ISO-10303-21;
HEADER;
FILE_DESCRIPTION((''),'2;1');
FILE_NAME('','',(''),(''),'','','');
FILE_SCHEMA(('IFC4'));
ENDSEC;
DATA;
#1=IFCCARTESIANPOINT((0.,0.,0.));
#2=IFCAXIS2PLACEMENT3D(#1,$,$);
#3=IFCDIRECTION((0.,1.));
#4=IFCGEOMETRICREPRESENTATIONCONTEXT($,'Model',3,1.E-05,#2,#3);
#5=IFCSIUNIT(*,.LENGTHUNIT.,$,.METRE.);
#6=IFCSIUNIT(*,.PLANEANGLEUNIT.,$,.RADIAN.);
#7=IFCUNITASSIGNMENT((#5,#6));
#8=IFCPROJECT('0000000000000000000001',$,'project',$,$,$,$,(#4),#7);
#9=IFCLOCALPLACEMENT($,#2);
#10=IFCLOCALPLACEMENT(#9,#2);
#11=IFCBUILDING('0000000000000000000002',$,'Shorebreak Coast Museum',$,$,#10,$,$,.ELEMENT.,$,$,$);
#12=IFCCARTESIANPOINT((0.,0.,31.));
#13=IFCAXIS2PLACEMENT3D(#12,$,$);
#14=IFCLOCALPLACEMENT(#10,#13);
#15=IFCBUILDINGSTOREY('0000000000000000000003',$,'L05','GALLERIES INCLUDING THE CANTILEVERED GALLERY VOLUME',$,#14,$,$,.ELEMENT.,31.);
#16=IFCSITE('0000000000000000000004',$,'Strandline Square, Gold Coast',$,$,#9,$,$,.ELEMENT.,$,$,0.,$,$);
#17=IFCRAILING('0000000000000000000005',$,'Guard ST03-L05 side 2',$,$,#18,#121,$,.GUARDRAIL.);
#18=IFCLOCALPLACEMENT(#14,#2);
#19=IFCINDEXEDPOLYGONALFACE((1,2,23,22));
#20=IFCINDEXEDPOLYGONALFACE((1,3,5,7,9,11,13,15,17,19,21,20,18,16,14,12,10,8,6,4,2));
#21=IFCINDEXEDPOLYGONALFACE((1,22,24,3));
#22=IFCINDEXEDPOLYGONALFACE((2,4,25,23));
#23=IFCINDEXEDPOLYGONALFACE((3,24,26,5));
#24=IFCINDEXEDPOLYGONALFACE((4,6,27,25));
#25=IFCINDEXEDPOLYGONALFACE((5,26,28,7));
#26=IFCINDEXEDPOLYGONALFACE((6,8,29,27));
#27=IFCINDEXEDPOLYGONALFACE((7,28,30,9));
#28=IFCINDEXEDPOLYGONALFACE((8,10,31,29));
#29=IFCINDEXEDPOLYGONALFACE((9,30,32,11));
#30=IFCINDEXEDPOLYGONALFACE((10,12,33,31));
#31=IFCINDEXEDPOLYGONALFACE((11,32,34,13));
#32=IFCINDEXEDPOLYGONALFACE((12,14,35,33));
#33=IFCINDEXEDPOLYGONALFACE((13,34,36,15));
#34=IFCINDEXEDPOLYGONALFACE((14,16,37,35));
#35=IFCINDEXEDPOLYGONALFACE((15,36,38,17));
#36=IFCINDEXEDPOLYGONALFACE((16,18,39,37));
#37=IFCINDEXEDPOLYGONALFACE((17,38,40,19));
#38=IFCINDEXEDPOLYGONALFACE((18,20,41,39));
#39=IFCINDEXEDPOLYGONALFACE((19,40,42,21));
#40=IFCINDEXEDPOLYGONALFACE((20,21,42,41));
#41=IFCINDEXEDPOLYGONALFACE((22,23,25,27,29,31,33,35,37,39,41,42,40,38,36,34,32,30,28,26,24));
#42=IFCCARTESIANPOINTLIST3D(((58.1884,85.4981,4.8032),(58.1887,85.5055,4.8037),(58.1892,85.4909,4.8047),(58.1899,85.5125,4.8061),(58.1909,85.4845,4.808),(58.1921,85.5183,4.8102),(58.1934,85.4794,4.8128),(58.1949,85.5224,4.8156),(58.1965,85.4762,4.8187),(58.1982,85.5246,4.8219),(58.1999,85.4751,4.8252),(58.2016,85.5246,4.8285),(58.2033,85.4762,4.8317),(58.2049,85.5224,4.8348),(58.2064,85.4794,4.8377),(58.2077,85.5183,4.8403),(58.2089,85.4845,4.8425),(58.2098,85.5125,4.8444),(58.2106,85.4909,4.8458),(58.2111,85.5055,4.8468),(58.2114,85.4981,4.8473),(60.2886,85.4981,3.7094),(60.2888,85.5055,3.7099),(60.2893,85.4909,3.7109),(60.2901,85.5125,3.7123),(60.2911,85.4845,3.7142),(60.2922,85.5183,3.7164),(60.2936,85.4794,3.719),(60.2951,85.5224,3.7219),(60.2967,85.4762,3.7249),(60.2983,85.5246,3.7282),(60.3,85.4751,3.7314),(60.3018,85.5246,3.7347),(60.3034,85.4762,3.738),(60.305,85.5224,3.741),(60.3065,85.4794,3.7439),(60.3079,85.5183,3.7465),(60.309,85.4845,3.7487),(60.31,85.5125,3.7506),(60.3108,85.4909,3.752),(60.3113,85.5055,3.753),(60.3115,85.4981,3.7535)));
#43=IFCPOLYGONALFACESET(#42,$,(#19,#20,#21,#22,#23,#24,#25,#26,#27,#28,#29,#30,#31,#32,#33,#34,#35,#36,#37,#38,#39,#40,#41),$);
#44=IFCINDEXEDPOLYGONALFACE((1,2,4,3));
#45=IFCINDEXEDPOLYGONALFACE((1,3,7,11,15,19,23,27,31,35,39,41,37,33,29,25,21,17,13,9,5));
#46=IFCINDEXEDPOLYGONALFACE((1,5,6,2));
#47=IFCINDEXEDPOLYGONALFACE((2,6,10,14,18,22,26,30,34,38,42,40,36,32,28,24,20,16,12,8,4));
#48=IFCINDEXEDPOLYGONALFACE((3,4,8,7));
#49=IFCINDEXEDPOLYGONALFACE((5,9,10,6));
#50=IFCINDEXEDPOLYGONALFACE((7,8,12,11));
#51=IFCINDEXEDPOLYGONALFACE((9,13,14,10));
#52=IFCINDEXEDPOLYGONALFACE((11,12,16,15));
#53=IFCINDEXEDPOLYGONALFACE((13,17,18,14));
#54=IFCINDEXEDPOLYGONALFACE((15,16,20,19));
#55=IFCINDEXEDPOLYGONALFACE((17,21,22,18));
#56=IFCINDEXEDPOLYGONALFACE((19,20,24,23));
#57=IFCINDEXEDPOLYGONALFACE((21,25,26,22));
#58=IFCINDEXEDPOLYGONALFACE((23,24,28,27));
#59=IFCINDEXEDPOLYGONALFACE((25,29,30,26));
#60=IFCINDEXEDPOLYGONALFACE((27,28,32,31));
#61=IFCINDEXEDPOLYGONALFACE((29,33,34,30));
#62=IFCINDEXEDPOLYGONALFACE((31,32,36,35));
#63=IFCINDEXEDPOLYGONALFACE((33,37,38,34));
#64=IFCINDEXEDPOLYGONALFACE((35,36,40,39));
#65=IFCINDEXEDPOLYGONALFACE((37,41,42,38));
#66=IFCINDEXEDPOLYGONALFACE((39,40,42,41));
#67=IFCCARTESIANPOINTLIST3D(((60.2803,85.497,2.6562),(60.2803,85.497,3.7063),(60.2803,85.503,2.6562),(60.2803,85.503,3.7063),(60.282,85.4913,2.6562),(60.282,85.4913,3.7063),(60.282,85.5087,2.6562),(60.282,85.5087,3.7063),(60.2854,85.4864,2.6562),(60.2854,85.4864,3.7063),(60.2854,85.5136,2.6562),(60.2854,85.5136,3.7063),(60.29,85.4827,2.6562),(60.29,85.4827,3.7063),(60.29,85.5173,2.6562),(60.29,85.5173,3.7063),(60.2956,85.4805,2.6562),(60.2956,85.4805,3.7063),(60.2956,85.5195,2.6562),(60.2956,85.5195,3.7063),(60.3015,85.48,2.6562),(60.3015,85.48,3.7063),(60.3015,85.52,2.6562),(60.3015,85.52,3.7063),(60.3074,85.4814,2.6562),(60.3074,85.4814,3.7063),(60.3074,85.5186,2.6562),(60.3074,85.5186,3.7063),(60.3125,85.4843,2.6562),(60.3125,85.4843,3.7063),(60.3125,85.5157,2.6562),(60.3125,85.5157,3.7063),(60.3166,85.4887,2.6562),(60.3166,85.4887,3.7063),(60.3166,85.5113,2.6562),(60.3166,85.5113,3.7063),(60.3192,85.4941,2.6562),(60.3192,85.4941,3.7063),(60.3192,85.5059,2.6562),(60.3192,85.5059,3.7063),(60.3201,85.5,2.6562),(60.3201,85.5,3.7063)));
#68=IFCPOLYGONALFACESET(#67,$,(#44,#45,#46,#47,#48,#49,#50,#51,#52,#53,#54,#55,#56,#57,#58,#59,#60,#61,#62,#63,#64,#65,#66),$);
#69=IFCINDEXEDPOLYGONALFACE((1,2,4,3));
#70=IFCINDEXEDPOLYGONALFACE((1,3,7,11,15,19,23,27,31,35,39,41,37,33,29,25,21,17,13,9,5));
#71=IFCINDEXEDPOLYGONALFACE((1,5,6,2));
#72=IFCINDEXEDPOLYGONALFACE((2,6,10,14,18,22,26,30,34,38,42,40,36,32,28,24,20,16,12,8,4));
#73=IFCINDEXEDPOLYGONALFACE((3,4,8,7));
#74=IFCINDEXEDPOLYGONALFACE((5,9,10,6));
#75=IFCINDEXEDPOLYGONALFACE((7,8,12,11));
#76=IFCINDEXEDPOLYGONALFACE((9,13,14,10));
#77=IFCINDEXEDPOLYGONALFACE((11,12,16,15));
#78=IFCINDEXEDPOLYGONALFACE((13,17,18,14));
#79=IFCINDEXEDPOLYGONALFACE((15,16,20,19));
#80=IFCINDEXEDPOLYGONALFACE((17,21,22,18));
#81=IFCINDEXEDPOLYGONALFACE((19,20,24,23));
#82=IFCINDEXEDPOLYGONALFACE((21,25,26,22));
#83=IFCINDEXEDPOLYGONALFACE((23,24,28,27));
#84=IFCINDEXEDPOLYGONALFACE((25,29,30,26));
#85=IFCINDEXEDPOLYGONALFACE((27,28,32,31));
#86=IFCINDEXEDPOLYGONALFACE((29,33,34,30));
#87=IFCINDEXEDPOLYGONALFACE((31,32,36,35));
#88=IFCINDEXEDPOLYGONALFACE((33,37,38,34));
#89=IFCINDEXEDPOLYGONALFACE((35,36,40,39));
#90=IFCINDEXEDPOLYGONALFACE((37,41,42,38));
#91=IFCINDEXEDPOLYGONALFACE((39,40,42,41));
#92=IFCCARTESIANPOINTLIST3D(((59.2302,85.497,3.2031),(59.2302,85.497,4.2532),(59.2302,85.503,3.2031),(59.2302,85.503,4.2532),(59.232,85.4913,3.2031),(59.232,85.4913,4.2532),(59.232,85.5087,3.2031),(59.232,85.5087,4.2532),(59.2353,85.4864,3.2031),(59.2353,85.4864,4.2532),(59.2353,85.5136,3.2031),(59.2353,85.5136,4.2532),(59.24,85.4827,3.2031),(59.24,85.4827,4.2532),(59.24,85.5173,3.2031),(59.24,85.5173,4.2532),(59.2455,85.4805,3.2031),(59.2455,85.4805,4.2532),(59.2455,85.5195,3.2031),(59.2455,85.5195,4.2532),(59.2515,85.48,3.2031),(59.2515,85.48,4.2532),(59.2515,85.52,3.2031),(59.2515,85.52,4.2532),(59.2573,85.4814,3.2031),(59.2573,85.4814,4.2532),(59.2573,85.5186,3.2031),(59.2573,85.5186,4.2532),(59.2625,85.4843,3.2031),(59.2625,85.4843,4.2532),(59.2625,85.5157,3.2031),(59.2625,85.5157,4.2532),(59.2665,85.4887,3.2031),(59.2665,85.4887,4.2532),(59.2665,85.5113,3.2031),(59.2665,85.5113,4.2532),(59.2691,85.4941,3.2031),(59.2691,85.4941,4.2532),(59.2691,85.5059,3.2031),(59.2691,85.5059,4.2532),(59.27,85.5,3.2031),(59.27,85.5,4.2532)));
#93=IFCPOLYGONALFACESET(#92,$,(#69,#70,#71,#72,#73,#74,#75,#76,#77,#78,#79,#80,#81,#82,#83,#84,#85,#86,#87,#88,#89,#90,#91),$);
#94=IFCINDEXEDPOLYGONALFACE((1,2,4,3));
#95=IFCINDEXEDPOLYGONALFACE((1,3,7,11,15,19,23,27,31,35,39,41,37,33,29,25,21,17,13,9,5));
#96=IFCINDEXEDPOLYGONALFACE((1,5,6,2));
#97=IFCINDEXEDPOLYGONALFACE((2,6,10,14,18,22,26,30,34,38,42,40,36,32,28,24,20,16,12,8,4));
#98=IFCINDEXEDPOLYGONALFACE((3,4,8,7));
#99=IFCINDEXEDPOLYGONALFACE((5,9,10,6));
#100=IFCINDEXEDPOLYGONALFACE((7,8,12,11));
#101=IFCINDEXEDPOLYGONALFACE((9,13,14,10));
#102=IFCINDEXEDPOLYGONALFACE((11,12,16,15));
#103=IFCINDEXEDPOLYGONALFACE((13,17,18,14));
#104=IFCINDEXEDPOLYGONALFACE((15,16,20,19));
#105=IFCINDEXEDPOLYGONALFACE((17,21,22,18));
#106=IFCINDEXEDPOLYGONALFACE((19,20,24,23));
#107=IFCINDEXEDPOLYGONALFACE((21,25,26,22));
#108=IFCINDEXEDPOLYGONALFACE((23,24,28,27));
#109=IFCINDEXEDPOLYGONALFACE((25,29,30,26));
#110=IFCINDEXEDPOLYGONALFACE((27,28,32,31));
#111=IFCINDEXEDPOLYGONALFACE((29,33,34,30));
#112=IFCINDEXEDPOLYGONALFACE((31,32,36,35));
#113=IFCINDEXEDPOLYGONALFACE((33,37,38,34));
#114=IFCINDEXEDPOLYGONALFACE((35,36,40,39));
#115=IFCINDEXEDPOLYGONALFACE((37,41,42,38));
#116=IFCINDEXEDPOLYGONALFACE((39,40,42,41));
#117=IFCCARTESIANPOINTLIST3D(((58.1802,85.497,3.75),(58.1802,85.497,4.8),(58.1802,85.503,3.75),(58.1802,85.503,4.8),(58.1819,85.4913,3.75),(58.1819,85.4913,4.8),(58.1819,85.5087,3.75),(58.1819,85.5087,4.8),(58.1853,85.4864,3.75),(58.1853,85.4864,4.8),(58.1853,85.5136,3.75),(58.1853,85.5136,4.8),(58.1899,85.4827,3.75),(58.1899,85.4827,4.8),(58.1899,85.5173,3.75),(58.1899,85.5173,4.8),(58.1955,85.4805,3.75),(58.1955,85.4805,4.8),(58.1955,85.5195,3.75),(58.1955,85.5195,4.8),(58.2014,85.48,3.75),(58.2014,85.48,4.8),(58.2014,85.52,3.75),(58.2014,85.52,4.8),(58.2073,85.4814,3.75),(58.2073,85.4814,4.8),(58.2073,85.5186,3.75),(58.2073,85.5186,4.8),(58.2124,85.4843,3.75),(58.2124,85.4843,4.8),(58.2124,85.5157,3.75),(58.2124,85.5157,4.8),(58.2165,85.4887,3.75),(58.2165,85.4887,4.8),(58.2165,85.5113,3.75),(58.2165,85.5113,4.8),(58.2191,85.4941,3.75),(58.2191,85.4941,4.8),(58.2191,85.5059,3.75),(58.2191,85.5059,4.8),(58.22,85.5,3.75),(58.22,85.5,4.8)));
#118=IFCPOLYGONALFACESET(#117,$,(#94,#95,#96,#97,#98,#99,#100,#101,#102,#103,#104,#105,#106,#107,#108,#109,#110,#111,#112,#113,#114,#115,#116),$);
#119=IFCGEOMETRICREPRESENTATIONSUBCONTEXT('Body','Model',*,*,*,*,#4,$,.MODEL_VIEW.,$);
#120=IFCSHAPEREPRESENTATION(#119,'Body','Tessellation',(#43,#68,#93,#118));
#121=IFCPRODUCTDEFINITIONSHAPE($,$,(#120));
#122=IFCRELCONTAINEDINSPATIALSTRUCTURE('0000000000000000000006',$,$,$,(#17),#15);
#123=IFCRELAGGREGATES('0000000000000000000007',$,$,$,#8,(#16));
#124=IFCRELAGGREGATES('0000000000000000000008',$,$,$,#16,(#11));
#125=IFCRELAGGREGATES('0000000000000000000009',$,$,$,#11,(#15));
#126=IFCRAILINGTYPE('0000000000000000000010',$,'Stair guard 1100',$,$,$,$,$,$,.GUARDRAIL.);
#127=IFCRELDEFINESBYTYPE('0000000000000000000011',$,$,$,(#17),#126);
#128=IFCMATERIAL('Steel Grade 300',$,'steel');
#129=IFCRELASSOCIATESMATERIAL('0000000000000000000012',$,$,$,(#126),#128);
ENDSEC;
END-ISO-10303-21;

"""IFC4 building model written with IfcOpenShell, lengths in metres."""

from ifc_helpers import new_model, si_unit, direction, frame, origin, origin_2d, place, context, subcontext, project, spatial, circle, extrude, material, type_object, element, save


model = new_model("IFC4")

# Units and contexts
model_context = context("Model", 3, precision=1e-05, world=origin(), true_north=direction((0.0, 1.0)))
body_context = subcontext(model_context, "Body", "Model", "MODEL_VIEW")
ifc_project = project(units=[si_unit("LENGTHUNIT", "METRE"), si_unit("PLANEANGLEUNIT", "RADIAN")], contexts=[model_context])

# Site, building, storey
site_placement = place(None, origin())
site = spatial("IfcSite", under=ifc_project, at=site_placement, Name="Strandline Square, Gold Coast", CompositionType="ELEMENT", RefElevation=0.0)
building_placement = place(site_placement, origin())
building = spatial("IfcBuilding", under=site, at=building_placement, Name="Shorebreak Coast Museum", CompositionType="ELEMENT")
storey_placement = place(building_placement, frame((0.0, 0.0, 31.0)))
storey = spatial("IfcBuildingStorey", under=building, at=storey_placement, Name="L05", Description="GALLERIES INCLUDING THE CANTILEVERED GALLERY VOLUME", CompositionType="ELEMENT", Elevation=31.0)

# Railing
ifc_material_1 = material(Name="Steel Grade 300", Category="steel")
railing_type_1 = type_object("IfcRailingType", Name="Stair guard 1100", PredefinedType="GUARDRAIL", material=ifc_material_1)
railing_1_placement = place(storey_placement, frame((60.3, 85.5, 2.6562)))
element("IfcRailing", 1, at=railing_1_placement, inside=storey, type_object=railing_type_1, Name="Guard ST03-L05 side 2", PredefinedType="GUARDRAIL", context=body_context, shape_type="SweptSolid", body=[
    extrude(circle(Radius=0.0249, at=origin_2d()), frame((0.0, 0.0, 1.0752), z_axis=(-0.886923, 0.0, 0.461918), x_axis=(0.0, -1.0, 0.0)), (0.0, 0.0, 1.0), 2.3679),
    extrude(circle(Radius=0.02, at=origin_2d()), origin(), (0.0, 0.0, 1.0), 1.05),
    extrude(circle(Radius=0.02, at=origin_2d()), frame((-1.05, 0.0, 0.5469)), (0.0, 0.0, 1.0), 1.05),
    extrude(circle(Radius=0.02, at=origin_2d()), frame((-2.1001, 0.0, 1.0938)), (0.0, 0.0, 1.0), 1.05),
])

save(model, "model.ifc")
